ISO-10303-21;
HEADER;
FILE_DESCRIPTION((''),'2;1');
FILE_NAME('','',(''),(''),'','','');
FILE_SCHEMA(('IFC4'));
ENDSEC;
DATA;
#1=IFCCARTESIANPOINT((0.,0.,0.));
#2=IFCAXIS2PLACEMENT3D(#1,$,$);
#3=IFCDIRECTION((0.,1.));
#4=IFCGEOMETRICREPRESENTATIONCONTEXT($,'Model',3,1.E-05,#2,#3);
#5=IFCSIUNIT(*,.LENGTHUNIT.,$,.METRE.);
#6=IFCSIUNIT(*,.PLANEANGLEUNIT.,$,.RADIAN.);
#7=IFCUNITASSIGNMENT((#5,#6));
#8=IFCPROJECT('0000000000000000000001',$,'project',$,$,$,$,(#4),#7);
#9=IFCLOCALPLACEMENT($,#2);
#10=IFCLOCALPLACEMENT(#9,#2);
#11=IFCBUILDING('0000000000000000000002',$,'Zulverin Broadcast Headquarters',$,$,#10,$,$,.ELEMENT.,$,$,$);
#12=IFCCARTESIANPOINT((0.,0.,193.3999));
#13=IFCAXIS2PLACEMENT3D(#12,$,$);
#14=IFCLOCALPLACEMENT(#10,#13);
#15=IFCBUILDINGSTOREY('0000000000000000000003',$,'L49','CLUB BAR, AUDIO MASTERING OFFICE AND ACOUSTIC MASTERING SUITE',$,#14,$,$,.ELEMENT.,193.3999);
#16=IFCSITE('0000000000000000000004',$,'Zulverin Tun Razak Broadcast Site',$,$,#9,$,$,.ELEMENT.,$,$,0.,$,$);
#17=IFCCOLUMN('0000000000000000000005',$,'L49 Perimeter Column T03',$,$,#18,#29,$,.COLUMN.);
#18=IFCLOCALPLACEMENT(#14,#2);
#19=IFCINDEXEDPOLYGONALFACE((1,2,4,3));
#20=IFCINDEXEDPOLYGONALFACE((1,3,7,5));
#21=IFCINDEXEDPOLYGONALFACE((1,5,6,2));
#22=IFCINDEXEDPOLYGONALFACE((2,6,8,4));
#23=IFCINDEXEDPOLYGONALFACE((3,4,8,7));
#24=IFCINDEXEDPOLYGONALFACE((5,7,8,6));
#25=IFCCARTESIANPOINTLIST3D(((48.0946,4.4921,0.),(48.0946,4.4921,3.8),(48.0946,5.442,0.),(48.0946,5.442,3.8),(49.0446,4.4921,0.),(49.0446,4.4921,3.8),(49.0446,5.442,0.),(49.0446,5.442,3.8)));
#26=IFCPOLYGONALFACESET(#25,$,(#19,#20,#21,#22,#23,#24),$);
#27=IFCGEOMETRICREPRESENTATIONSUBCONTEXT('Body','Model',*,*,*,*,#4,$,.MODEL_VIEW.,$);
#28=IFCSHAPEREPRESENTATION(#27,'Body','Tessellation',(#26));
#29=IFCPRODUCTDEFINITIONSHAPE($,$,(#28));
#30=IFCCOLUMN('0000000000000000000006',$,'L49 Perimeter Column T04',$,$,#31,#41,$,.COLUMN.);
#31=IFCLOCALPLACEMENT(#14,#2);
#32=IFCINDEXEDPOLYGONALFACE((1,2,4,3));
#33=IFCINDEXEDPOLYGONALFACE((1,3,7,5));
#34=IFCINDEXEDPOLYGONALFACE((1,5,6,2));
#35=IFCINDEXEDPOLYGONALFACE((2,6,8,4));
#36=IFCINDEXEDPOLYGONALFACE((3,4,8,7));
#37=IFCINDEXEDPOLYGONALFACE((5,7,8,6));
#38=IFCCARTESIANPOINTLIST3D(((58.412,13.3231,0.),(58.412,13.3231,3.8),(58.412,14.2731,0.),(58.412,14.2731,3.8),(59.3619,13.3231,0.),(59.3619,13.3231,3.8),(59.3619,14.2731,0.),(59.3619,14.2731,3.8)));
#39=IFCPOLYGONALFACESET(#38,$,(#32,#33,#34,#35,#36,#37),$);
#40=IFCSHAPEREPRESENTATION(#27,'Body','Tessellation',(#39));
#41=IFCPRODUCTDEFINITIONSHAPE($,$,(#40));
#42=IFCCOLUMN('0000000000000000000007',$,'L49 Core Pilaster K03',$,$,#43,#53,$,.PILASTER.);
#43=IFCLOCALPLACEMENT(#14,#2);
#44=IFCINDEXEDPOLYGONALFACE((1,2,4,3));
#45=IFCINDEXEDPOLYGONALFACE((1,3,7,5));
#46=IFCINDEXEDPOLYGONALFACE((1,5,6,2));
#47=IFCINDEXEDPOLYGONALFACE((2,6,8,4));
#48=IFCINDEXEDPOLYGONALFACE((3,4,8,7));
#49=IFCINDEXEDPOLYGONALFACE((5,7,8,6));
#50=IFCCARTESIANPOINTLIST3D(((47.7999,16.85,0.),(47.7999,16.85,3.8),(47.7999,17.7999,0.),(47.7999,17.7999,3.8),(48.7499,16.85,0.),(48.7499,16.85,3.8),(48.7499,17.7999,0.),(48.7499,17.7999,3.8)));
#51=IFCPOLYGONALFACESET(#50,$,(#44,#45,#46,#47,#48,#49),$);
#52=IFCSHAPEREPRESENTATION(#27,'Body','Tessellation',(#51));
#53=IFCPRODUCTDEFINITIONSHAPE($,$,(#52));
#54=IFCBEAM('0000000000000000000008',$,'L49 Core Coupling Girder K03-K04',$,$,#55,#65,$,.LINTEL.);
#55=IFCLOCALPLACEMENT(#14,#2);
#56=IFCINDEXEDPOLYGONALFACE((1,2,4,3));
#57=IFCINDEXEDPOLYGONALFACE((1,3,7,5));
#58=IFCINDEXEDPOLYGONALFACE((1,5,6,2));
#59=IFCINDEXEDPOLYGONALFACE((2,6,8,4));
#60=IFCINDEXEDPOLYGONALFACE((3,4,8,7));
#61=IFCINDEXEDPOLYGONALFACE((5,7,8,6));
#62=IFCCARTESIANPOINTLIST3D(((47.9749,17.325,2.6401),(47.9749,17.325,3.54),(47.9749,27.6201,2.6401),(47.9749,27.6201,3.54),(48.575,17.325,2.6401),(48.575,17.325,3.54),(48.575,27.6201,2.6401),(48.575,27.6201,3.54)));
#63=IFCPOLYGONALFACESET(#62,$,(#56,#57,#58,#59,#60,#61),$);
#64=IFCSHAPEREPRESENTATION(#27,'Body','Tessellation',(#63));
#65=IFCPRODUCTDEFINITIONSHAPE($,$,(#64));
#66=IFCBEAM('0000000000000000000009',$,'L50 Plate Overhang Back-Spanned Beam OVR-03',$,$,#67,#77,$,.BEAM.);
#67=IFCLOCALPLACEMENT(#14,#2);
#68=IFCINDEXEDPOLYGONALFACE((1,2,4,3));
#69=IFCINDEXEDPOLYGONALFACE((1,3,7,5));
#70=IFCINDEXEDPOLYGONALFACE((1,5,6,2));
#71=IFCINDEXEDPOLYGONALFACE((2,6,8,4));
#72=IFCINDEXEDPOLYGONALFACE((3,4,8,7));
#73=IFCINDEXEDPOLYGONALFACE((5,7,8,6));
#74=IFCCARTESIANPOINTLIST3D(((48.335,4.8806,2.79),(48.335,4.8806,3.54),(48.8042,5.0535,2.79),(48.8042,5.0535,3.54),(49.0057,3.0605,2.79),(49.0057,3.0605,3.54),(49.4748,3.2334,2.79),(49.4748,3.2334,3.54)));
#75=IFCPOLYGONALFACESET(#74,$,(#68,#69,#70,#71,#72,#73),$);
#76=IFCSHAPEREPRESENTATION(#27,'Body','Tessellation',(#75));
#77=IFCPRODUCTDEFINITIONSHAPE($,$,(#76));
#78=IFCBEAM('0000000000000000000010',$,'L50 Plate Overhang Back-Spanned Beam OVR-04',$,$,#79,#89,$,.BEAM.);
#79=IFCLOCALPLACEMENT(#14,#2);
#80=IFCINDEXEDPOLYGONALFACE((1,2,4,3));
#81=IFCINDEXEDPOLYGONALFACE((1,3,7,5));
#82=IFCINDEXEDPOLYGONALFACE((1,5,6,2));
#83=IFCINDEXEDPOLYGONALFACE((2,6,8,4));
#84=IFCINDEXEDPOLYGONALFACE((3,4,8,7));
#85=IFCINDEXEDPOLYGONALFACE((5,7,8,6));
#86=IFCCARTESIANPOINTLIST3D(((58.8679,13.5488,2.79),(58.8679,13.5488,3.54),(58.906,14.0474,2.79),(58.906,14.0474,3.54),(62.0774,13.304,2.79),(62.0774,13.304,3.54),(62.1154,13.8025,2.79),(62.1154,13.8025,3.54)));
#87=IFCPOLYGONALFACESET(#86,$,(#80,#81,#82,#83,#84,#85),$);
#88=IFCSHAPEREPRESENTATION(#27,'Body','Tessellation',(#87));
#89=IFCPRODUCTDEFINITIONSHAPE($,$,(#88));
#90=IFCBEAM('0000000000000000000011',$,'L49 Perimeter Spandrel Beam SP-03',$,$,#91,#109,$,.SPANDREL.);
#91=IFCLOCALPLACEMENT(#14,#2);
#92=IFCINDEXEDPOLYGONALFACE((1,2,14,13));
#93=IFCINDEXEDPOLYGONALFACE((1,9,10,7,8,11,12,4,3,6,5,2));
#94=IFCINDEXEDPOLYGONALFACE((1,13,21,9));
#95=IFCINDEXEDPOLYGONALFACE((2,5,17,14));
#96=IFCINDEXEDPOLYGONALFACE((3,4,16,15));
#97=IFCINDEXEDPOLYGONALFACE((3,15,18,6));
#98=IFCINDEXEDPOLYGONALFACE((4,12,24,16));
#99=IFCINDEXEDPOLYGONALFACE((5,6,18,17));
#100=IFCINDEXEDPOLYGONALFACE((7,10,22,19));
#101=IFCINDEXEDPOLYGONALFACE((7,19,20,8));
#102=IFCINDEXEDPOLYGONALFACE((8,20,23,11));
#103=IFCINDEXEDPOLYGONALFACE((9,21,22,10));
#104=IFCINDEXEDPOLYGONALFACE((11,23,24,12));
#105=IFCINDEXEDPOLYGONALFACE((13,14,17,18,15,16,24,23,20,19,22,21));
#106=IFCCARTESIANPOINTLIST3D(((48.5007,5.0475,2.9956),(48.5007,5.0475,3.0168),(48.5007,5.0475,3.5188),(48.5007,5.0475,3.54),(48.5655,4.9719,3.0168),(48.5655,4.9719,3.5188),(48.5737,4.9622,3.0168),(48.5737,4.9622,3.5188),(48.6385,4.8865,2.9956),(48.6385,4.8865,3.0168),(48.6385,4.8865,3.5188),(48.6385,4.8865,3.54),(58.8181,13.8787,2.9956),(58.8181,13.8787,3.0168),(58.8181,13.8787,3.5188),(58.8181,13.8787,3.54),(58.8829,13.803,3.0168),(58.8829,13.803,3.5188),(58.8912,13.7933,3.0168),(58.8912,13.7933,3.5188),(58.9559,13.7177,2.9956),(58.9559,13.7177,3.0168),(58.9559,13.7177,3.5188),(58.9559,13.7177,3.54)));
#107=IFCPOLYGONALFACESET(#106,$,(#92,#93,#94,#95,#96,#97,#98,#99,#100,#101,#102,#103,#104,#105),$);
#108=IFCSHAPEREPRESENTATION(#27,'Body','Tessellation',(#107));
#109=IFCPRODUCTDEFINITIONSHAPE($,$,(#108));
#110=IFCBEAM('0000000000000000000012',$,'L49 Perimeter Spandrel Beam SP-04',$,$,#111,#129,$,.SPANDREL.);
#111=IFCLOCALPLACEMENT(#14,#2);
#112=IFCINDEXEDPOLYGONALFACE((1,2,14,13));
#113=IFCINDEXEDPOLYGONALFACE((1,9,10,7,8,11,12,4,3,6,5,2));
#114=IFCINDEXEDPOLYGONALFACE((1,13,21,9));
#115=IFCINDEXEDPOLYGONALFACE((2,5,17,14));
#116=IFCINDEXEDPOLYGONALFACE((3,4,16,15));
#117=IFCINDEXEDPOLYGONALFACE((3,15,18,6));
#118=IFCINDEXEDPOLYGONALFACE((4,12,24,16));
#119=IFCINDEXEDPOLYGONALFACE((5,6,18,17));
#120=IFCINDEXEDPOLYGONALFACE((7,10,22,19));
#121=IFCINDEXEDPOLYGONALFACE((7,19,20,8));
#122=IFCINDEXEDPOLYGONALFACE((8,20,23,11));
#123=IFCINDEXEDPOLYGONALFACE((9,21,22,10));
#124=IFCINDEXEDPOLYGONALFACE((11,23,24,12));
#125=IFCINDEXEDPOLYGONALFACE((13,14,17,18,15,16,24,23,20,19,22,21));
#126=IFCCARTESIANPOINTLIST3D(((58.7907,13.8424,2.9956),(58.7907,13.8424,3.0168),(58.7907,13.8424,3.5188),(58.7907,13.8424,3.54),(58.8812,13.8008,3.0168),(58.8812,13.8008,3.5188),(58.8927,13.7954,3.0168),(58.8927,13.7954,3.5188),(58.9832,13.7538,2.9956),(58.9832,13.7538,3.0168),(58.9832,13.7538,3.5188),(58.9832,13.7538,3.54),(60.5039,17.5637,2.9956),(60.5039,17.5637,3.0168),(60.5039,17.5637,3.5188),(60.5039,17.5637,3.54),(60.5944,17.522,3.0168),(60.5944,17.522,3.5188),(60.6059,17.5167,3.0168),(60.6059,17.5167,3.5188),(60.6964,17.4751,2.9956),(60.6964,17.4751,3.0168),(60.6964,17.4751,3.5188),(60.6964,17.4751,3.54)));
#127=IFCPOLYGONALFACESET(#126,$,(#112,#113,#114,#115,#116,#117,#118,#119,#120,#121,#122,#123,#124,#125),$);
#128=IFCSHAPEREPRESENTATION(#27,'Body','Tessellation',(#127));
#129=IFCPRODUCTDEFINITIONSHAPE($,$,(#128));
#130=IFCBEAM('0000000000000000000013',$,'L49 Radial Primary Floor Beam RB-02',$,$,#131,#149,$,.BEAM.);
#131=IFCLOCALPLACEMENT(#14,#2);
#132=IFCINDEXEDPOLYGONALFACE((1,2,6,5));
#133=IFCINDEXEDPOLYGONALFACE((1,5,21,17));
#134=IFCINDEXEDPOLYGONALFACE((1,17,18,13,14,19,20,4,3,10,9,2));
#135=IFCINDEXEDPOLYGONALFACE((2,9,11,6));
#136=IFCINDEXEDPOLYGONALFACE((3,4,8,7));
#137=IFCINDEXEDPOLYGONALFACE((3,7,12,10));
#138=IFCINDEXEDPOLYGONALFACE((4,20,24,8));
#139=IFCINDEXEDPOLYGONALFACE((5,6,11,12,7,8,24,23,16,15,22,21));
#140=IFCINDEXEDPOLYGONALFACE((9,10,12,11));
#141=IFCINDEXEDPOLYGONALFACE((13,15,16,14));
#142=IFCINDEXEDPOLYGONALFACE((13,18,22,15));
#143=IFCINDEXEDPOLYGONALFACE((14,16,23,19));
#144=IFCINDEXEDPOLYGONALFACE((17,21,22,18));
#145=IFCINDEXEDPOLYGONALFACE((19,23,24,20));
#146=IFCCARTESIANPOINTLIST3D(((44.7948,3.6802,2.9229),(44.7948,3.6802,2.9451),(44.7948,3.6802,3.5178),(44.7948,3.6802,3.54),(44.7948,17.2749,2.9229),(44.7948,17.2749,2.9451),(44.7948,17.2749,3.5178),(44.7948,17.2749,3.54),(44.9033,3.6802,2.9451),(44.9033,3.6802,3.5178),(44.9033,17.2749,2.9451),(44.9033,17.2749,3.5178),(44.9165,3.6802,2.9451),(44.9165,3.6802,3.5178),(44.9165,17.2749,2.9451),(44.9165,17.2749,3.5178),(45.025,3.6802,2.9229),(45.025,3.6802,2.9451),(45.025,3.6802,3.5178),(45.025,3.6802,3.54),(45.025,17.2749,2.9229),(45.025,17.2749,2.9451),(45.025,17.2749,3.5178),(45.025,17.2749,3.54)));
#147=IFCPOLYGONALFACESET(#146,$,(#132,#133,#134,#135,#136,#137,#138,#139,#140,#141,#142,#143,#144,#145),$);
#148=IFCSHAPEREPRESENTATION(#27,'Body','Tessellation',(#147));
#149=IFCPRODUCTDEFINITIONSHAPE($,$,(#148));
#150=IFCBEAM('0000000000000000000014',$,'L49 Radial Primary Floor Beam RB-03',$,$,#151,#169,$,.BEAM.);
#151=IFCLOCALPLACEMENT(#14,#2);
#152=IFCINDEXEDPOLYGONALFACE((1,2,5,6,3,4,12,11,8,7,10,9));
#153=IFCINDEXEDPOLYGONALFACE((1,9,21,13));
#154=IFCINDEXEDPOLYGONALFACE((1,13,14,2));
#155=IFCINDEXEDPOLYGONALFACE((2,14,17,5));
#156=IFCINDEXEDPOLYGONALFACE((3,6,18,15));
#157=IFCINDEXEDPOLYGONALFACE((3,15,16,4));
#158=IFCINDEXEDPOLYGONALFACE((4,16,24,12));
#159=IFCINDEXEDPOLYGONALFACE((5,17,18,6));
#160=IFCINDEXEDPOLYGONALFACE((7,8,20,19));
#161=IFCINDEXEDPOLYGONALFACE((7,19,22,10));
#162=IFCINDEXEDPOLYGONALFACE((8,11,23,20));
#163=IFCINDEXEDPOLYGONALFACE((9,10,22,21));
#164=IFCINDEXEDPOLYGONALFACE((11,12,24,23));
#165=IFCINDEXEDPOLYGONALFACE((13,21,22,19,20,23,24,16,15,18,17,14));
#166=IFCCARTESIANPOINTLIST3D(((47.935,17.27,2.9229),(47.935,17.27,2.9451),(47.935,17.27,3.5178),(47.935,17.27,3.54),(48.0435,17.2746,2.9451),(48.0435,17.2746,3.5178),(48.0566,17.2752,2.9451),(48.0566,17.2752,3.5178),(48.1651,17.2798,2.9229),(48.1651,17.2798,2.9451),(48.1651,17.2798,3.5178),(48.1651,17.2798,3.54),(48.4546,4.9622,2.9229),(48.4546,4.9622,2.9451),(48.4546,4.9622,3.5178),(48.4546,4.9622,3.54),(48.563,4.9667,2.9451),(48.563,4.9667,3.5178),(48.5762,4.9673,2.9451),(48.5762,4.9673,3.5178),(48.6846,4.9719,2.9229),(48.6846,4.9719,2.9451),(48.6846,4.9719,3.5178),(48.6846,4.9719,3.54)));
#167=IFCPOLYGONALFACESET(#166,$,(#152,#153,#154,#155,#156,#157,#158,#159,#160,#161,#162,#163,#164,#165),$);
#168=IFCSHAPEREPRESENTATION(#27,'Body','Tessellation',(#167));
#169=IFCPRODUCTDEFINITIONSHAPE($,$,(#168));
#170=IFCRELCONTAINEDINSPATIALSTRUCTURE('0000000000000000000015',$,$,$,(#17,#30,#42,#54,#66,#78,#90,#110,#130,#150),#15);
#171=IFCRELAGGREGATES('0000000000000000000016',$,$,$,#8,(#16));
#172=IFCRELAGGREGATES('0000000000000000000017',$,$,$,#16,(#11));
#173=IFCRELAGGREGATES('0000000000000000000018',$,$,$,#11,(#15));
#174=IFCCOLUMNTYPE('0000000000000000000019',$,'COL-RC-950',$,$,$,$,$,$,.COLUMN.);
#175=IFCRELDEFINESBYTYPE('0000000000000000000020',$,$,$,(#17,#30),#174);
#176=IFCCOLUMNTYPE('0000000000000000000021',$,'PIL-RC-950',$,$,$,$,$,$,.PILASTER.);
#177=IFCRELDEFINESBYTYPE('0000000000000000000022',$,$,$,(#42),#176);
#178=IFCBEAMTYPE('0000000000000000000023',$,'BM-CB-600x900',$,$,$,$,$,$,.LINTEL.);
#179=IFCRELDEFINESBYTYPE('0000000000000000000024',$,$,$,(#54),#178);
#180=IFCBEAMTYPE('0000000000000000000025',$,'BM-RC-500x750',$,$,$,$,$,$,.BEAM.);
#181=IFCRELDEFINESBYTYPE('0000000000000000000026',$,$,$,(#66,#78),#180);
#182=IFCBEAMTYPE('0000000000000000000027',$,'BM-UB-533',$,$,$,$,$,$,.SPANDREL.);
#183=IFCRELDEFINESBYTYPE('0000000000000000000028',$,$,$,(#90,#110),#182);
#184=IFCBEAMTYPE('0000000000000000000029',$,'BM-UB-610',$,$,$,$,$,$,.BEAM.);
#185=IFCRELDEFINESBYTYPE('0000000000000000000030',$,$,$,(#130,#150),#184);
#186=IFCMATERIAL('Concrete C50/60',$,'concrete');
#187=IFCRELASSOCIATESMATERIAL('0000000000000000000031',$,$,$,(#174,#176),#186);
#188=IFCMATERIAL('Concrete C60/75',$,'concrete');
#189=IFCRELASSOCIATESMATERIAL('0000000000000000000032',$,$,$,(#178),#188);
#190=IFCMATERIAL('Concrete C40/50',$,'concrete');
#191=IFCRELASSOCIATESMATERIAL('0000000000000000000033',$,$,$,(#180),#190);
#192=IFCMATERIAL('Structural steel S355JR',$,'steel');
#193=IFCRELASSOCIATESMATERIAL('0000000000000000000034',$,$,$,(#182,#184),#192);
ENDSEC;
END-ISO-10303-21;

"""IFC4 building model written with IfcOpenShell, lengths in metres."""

from ifc_helpers import new_model, si_unit, direction, frame, origin, origin_2d, place, context, subcontext, project, spatial, rectangle, i_section, extrude, material, material_profile, profile_set, type_object, element, save


model = new_model("IFC4")

# Units and contexts
model_context = context("Model", 3, precision=1e-05, world=origin(), true_north=direction((0.0, 1.0)))
body_context = subcontext(model_context, "Body", "Model", "MODEL_VIEW")
ifc_project = project(units=[si_unit("LENGTHUNIT", "METRE"), si_unit("PLANEANGLEUNIT", "RADIAN")], contexts=[model_context])

# Site, building, storey
site_placement = place(None, origin())
site = spatial("IfcSite", under=ifc_project, at=site_placement, Name="Zulverin Tun Razak Broadcast Site", CompositionType="ELEMENT", RefElevation=0.0)
building_placement = place(site_placement, origin())
building = spatial("IfcBuilding", under=site, at=building_placement, Name="Zulverin Broadcast Headquarters", CompositionType="ELEMENT")
storey_placement = place(building_placement, frame((0.0, 0.0, 193.3999)))
storey = spatial("IfcBuildingStorey", under=building, at=storey_placement, Name="L49", Description="CLUB BAR, AUDIO MASTERING OFFICE AND ACOUSTIC MASTERING SUITE", CompositionType="ELEMENT", Elevation=193.3999)

# Columns
ifc_material_1 = material(Name="Concrete C50/60", Category="concrete")
ifc_material_profile_1 = material_profile(ifc_material_1, rectangle(XDim=0.95, YDim=0.95, at=origin_2d()), Name="Concrete C50/60", Category="concrete")
ifc_profile_set_1 = profile_set([ifc_material_profile_1], Name="Concrete C50/60")
column_type_1 = type_object("IfcColumnType", Name="COL-RC-950", PredefinedType="COLUMN", material=ifc_profile_set_1)
for number, where, z_axis, x_axis, name in (
    (1, (48.5696, 4.967, 0.0), (0.0, 0.0, 1.0), (1.0, 0.0, 0.0), "L49 Perimeter Column T03"),
    (2, (58.887, 13.7981, 0.0), (0.0, 0.0, 1.0), (1.0, 0.0, 0.0), "L49 Perimeter Column T04"),
):
    element("IfcColumn", number, at=place(storey_placement, frame(where, z_axis=z_axis, x_axis=x_axis)), inside=storey, type_object=column_type_1, Name=name, PredefinedType="COLUMN", context=body_context, shape_type="SweptSolid", body=[
        extrude(rectangle(XDim=0.95, YDim=0.95, at=origin_2d()), origin(), (0.0, 0.0, 1.0), 3.8),
    ])
ifc_material_profile_2 = material_profile(ifc_material_1, rectangle(XDim=0.95, YDim=0.95, at=origin_2d()), Name="Concrete C50/60", Category="concrete")
ifc_profile_set_2 = profile_set([ifc_material_profile_2], Name="Concrete C50/60")
column_type_2 = type_object("IfcColumnType", Name="PIL-RC-950", PredefinedType="PILASTER", material=ifc_profile_set_2)
column_placement = place(storey_placement, frame((48.2749, 17.325, 0.0), z_axis=(0.0, 0.0, 1.0), x_axis=(1.0, 0.0, 0.0)))
element("IfcColumn", 3, at=column_placement, inside=storey, type_object=column_type_2, Name="L49 Core Pilaster K03", PredefinedType="PILASTER", context=body_context, shape_type="SweptSolid", body=[
    extrude(rectangle(XDim=0.95, YDim=0.95, at=origin_2d()), origin(), (0.0, 0.0, 1.0), 3.8),
])

# Beams
ifc_material_2 = material(Name="Concrete C60/75", Category="concrete")
ifc_material_profile_3 = material_profile(ifc_material_2, rectangle(XDim=0.6001, YDim=0.8999, at=origin_2d()), Name="Concrete C60/75", Category="concrete")
ifc_profile_set_3 = profile_set([ifc_material_profile_3], Name="Concrete C60/75")
beam_type_1 = type_object("IfcBeamType", Name="BM-CB-600x900", PredefinedType="LINTEL", material=ifc_profile_set_3)
beam_1_placement = place(storey_placement, frame((48.2749, 17.325, 3.0901), z_axis=(0.0, 1.0, 0.0), x_axis=(-1.0, 0.0, 0.0)))
element("IfcBeam", 4, at=beam_1_placement, inside=storey, type_object=beam_type_1, Name="L49 Core Coupling Girder K03-K04", PredefinedType="LINTEL", context=body_context, shape_type="SweptSolid", body=[
    extrude(rectangle(XDim=0.6001, YDim=0.8999, at=origin_2d()), origin(), (0.0, 0.0, 1.0), 10.2952),
])
ifc_material_3 = material(Name="Concrete C40/50", Category="concrete")
ifc_material_profile_4 = material_profile(ifc_material_3, rectangle(XDim=0.5, YDim=0.75, at=origin_2d()), Name="Concrete C40/50", Category="concrete")
ifc_profile_set_4 = profile_set([ifc_material_profile_4], Name="Concrete C40/50")
beam_type_2 = type_object("IfcBeamType", Name="BM-RC-500x750", PredefinedType="BEAM", material=ifc_profile_set_4)
beam_2_placement = place(storey_placement, frame((48.5696, 4.967, 3.165), z_axis=(0.345752, -0.938326, 0.0), x_axis=(0.938326, 0.345752, 0.0)))
element("IfcBeam", 5, at=beam_2_placement, inside=storey, type_object=beam_type_2, Name="L50 Plate Overhang Back-Spanned Beam OVR-03", PredefinedType="BEAM", context=body_context, shape_type="SweptSolid", body=[
    extrude(rectangle(XDim=0.5, YDim=0.75, at=origin_2d()), origin(), (0.0, 0.0, 1.0), 1.9397),
])
beam_3_placement = place(storey_placement, frame((58.887, 13.7981, 3.165), z_axis=(0.997102, -0.076076, 0.0), x_axis=(0.076076, 0.997102, 0.0)))
element("IfcBeam", 6, at=beam_3_placement, inside=storey, type_object=beam_type_2, Name="L50 Plate Overhang Back-Spanned Beam OVR-04", PredefinedType="BEAM", context=body_context, shape_type="SweptSolid", body=[
    extrude(rectangle(XDim=0.5, YDim=0.75, at=origin_2d()), origin(), (0.0, 0.0, 1.0), 3.2188),
])
ifc_material_4 = material(Name="Structural steel S355JR", Category="steel")
ifc_material_profile_5 = material_profile(ifc_material_4, i_section(OverallWidth=0.2119, OverallDepth=0.5444, WebThickness=0.0127, FlangeThickness=0.0212, at=origin_2d()), Name="Structural steel S355JR", Category="steel")
ifc_profile_set_5 = profile_set([ifc_material_profile_5], Name="Structural steel S355JR")
beam_type_3 = type_object("IfcBeamType", Name="BM-UB-533", PredefinedType="SPANDREL", material=ifc_profile_set_5)
beam_4_placement = place(storey_placement, frame((48.5696, 4.967, 3.2678), z_axis=(0.759708, 0.650264, 0.0), x_axis=(-0.650264, 0.759708, 0.0)))
element("IfcBeam", 7, at=beam_4_placement, inside=storey, type_object=beam_type_3, Name="L49 Perimeter Spandrel Beam SP-03", PredefinedType="SPANDREL", context=body_context, shape_type="SweptSolid", body=[
    extrude(i_section(OverallWidth=0.2119, OverallDepth=0.5444, WebThickness=0.0127, FlangeThickness=0.0212, at=origin_2d()), origin(), (0.0, 0.0, 1.0), 13.5808),
])
beam_5_placement = place(storey_placement, frame((58.887, 13.7981, 3.2678), z_axis=(0.418185, 0.908362, 0.0), x_axis=(-0.908362, 0.418185, 0.0)))
element("IfcBeam", 8, at=beam_5_placement, inside=storey, type_object=beam_type_3, Name="L49 Perimeter Spandrel Beam SP-04", PredefinedType="SPANDREL", context=body_context, shape_type="SweptSolid", body=[
    extrude(i_section(OverallWidth=0.2119, OverallDepth=0.5444, WebThickness=0.0127, FlangeThickness=0.0212, at=origin_2d()), origin(), (0.0, 0.0, 1.0), 4.0967),
])
ifc_material_profile_6 = material_profile(ifc_material_4, i_section(OverallWidth=0.2302, OverallDepth=0.6172, WebThickness=0.0132, FlangeThickness=0.0222, at=origin_2d()), Name="Structural steel S355JR", Category="steel")
ifc_profile_set_6 = profile_set([ifc_material_profile_6], Name="Structural steel S355JR")
beam_type_4 = type_object("IfcBeamType", Name="BM-UB-610", PredefinedType="BEAM", material=ifc_profile_set_6)
beam_6_placement = place(storey_placement, frame((44.9099, 17.2749, 3.2314), z_axis=(0.0, -1.0, 0.0), x_axis=(1.0, 0.0, 0.0)))
element("IfcBeam", 9, at=beam_6_placement, inside=storey, type_object=beam_type_4, Name="L49 Radial Primary Floor Beam RB-02", PredefinedType="BEAM", context=body_context, shape_type="SweptSolid", body=[
    extrude(i_section(OverallWidth=0.2302, OverallDepth=0.6172, WebThickness=0.0132, FlangeThickness=0.0222, at=origin_2d()), origin(), (0.0, 0.0, 1.0), 13.5947),
])
beam_7_placement = place(storey_placement, frame((48.05, 17.2749, 3.2314), z_axis=(0.042174, -0.99911, 0.0), x_axis=(0.99911, 0.042174, 0.0)))
element("IfcBeam", 10, at=beam_7_placement, inside=storey, type_object=beam_type_4, Name="L49 Radial Primary Floor Beam RB-03", PredefinedType="BEAM", context=body_context, shape_type="SweptSolid", body=[
    extrude(i_section(OverallWidth=0.2302, OverallDepth=0.6172, WebThickness=0.0132, FlangeThickness=0.0222, at=origin_2d()), origin(), (0.0, 0.0, 1.0), 12.3188),
])

save(model, "model.ifc")
